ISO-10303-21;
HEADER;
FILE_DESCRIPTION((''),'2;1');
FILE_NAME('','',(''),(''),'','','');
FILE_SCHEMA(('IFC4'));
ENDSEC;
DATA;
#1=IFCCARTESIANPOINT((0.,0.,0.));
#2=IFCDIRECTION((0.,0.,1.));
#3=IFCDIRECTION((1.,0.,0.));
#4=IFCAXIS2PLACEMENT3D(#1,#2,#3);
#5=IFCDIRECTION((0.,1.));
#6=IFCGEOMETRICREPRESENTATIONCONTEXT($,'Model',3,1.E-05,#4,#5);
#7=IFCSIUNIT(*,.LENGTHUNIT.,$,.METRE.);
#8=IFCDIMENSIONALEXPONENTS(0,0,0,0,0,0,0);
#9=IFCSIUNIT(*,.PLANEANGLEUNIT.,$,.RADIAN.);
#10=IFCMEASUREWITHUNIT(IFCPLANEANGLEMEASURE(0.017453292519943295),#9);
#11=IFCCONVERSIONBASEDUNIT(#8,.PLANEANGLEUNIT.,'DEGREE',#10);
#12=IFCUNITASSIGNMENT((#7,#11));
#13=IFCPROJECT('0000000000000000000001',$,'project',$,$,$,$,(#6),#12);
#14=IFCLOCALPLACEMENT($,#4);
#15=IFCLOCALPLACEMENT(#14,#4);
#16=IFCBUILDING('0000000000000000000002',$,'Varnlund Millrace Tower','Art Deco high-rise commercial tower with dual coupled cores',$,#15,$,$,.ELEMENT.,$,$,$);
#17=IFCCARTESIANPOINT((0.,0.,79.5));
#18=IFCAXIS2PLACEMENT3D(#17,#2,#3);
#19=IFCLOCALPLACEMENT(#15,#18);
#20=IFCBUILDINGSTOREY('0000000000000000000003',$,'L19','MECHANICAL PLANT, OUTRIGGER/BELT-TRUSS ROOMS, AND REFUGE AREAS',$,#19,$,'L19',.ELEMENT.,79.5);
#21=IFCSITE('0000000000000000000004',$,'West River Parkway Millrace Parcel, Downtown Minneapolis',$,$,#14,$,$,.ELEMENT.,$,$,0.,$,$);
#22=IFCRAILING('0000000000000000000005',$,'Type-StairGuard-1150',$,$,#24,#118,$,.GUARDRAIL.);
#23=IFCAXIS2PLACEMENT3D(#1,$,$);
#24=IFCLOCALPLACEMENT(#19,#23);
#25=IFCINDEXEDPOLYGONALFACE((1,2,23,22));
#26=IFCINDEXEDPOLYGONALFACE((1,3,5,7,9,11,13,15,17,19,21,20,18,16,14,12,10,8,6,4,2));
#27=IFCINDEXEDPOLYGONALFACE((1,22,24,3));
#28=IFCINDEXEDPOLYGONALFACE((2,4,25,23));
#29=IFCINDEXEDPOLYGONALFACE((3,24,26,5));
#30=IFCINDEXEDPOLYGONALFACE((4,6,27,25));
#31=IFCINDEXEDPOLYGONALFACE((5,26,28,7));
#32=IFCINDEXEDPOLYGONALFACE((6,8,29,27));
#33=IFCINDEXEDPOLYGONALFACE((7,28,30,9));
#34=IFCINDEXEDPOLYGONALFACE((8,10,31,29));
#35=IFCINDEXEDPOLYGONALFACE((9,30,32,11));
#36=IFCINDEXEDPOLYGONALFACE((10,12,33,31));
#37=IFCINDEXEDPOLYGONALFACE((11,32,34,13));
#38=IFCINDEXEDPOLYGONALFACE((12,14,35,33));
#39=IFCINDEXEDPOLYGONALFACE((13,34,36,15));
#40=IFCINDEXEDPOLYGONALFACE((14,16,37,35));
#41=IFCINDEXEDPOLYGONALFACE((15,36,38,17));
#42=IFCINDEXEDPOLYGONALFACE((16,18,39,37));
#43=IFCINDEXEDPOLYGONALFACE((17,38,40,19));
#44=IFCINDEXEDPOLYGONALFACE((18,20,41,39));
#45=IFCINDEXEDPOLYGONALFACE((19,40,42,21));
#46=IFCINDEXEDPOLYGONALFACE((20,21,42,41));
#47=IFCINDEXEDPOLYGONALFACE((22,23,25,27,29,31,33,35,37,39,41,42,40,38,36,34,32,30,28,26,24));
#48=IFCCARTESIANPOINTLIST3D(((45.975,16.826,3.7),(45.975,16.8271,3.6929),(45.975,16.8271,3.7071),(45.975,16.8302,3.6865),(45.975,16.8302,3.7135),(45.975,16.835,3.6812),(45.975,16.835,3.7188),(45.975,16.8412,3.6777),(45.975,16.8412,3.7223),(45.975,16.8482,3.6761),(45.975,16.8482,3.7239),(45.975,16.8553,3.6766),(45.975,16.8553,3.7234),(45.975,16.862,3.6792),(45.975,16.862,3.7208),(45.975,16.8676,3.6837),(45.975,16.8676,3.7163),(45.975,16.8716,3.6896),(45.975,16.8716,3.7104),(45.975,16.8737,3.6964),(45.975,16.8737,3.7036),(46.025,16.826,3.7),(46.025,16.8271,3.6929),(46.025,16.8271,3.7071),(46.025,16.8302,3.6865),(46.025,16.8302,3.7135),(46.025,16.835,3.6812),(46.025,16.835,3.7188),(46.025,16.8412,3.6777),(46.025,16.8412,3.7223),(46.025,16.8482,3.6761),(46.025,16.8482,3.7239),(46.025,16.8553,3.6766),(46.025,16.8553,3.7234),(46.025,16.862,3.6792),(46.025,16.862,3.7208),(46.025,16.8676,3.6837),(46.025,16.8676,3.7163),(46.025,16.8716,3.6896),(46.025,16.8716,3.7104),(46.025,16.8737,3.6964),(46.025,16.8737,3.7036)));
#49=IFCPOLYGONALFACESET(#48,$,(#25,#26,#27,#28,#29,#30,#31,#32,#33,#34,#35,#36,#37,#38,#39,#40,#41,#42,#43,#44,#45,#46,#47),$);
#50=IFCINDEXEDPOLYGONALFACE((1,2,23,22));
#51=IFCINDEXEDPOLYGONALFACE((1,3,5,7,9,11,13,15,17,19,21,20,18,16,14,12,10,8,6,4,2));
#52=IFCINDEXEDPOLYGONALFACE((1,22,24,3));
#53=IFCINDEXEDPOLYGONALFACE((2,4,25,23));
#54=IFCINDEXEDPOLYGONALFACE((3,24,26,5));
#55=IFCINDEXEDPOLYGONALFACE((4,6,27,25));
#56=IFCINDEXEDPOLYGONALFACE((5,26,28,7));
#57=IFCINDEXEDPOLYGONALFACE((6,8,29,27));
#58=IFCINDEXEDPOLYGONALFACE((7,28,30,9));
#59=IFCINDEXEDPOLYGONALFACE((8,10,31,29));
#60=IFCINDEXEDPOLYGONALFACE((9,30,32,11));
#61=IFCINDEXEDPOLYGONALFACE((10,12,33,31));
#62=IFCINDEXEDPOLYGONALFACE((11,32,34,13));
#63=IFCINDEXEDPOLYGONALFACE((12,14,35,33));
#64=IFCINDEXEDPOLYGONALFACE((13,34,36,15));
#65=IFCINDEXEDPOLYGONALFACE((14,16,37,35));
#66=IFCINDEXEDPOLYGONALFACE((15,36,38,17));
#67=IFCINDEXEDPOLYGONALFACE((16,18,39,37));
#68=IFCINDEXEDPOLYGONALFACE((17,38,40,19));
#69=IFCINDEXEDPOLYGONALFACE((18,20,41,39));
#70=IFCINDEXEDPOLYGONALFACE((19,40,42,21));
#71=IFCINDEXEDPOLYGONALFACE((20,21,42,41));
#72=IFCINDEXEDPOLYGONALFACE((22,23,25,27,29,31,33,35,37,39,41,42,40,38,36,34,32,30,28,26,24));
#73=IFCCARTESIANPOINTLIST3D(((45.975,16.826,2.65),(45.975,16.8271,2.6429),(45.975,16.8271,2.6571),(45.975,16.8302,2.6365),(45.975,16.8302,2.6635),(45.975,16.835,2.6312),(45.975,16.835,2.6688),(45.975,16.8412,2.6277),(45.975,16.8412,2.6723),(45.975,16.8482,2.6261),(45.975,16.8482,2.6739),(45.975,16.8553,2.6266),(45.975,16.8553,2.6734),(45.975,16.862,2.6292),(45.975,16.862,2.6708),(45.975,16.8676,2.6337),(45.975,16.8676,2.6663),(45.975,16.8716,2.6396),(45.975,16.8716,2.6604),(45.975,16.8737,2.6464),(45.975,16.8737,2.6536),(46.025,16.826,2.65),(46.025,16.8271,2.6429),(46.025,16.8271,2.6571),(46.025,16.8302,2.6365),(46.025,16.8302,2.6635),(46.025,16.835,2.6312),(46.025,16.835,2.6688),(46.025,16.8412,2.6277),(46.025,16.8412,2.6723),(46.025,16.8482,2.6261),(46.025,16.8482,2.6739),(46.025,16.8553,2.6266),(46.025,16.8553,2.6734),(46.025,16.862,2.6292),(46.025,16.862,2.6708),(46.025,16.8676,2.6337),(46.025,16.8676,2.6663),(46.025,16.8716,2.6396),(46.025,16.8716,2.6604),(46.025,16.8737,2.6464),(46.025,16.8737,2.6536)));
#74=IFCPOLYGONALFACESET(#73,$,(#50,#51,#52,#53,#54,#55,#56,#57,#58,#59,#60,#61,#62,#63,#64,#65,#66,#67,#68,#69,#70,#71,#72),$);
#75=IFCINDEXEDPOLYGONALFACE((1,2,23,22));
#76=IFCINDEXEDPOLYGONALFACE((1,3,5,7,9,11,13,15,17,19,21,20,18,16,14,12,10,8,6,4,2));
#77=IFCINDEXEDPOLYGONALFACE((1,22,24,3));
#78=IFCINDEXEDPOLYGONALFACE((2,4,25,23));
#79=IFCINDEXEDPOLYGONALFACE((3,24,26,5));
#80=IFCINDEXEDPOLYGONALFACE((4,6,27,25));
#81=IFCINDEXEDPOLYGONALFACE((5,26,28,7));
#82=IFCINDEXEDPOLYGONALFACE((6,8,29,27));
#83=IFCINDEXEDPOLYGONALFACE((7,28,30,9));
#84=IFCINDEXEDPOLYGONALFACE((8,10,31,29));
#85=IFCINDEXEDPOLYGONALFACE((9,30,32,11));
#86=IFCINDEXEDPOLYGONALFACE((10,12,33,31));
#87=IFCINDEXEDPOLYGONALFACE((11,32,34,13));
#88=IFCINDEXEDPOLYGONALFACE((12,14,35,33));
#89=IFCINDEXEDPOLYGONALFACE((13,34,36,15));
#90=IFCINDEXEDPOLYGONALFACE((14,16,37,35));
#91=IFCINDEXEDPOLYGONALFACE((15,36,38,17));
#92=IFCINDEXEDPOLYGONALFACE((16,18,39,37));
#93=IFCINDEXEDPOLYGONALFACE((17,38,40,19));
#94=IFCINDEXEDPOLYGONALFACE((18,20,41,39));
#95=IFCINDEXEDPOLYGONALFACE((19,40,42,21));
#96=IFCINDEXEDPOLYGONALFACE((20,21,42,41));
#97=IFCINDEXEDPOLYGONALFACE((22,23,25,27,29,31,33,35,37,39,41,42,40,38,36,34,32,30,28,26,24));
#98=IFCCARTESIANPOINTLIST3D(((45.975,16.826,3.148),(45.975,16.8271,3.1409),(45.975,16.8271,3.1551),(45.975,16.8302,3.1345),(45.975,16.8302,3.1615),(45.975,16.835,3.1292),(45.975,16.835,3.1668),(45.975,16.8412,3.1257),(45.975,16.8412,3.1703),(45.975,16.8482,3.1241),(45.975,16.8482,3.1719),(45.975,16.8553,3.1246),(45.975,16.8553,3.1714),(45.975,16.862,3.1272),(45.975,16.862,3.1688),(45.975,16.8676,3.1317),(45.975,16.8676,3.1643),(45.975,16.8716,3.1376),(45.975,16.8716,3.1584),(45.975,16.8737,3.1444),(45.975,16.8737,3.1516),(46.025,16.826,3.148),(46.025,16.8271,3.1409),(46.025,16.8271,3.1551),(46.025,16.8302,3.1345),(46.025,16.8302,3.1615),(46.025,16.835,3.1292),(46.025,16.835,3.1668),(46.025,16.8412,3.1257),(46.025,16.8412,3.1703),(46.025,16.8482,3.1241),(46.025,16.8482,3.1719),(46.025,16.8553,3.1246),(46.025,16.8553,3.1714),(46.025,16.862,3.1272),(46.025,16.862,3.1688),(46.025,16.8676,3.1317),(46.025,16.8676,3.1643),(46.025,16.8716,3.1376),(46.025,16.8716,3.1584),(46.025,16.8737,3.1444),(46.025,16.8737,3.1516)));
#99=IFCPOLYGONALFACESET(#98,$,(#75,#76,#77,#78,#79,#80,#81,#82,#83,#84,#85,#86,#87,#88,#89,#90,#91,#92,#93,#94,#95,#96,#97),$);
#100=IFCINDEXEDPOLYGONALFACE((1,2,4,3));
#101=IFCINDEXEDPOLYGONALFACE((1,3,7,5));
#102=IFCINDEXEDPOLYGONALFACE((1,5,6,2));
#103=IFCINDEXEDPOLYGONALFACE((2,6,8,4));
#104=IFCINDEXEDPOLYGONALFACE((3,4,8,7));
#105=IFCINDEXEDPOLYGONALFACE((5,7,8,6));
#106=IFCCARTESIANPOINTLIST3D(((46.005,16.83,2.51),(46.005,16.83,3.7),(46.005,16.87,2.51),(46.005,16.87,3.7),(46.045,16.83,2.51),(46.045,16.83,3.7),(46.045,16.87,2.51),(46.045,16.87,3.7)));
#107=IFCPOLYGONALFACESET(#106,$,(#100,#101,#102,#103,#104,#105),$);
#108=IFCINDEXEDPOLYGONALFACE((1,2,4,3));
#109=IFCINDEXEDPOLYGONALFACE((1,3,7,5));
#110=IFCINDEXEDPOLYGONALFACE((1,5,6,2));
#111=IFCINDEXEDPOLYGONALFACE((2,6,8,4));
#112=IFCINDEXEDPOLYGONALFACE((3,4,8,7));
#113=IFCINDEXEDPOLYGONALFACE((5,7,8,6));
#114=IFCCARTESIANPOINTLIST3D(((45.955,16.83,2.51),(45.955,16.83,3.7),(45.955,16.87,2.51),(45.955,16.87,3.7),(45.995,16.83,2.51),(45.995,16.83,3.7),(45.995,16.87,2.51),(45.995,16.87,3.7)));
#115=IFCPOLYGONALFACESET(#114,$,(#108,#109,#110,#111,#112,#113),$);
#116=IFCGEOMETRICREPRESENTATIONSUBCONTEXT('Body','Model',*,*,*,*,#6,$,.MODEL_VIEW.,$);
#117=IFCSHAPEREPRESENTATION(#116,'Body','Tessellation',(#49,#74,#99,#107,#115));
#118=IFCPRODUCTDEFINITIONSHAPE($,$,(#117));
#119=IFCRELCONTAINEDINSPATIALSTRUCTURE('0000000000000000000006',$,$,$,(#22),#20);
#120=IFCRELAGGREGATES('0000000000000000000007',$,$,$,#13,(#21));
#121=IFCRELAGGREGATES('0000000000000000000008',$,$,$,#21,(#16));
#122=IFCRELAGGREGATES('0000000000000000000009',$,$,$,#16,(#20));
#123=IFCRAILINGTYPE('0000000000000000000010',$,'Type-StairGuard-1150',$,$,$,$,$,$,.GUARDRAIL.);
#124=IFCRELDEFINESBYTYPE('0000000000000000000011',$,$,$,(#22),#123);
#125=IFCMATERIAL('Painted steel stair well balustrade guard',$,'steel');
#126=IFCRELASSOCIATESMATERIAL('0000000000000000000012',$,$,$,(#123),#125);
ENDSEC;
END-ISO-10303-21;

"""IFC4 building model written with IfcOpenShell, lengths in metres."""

from ifc_helpers import new_model, entity, si_unit, converted_unit, direction, frame, origin_with_axes, origin_2d_with_axis, place, context, subcontext, project, spatial, rectangle, circle, extrude, material, type_object, element, save


model = new_model("IFC4")

# Units and contexts
model_context = context("Model", 3, precision=1e-05, world=origin_with_axes(), true_north=direction((0.0, 1.0)))
body_context = subcontext(model_context, "Body", "Model", "MODEL_VIEW")
ifc_project = project(units=[si_unit("LENGTHUNIT", "METRE"), converted_unit("PLANEANGLEUNIT", "DEGREE", entity("IfcPlaneAngleMeasure", 0.017453292519943295), si_unit("PLANEANGLEUNIT", "RADIAN"), dimensions=[0, 0, 0, 0, 0, 0, 0])], contexts=[model_context])

# Site, building, storey
site_placement = place(None, origin_with_axes())
site = spatial("IfcSite", under=ifc_project, at=site_placement, Name="West River Parkway Millrace Parcel, Downtown Minneapolis", CompositionType="ELEMENT", RefElevation=0.0)
building_placement = place(site_placement, origin_with_axes())
building = spatial("IfcBuilding", under=site, at=building_placement, Name="Varnlund Millrace Tower", Description="Art Deco high-rise commercial tower with dual coupled cores", CompositionType="ELEMENT")
storey_placement = place(building_placement, frame((0.0, 0.0, 79.5), z_axis=(0.0, 0.0, 1.0), x_axis=(1.0, 0.0, 0.0)))
storey = spatial("IfcBuildingStorey", under=building, at=storey_placement, Name="L19", Description="MECHANICAL PLANT, OUTRIGGER/BELT-TRUSS ROOMS, AND REFUGE AREAS", LongName="L19", CompositionType="ELEMENT", Elevation=79.5)

# Railing
ifc_material_1 = material(Name="Painted steel stair well balustrade guard", Category="steel")
railing_type_1 = type_object("IfcRailingType", Name="Type-StairGuard-1150", PredefinedType="GUARDRAIL", material=ifc_material_1)
railing_1_placement = place(storey_placement, frame((0.0, 0.0, -79.5), z_axis=(0.0, 0.0, 1.0), x_axis=(1.0, 0.0, 0.0)))
element("IfcRailing", 1, at=railing_1_placement, inside=storey, type_object=railing_type_1, Name="Type-StairGuard-1150", PredefinedType="GUARDRAIL", context=body_context, shape_type="SweptSolid", body=[
    extrude(circle(Radius=0.024, at=origin_2d_with_axis()), frame((46.025, 16.85, 83.2), z_axis=(-1.0, 0.0, 0.0), x_axis=(0.0, -1.0, 0.0)), (0.0, 0.0, 1.0), 0.05),
    extrude(circle(Radius=0.024, at=origin_2d_with_axis()), frame((46.025, 16.85, 82.15), z_axis=(-1.0, 0.0, 0.0), x_axis=(0.0, -1.0, 0.0)), (0.0, 0.0, 1.0), 0.05),
    extrude(circle(Radius=0.024, at=origin_2d_with_axis()), frame((46.025, 16.85, 82.648), z_axis=(-1.0, 0.0, 0.0), x_axis=(0.0, -1.0, 0.0)), (0.0, 0.0, 1.0), 0.05),
    extrude(rectangle(XDim=0.04, YDim=0.04, at=origin_2d_with_axis()), frame((46.025, 16.85, 82.01), z_axis=(0.0, 0.0, 1.0), x_axis=(1.0, 0.0, 0.0)), (0.0, 0.0, 1.0), 1.19),
    extrude(rectangle(XDim=0.04, YDim=0.04, at=origin_2d_with_axis()), frame((45.975, 16.85, 82.01), z_axis=(0.0, 0.0, 1.0), x_axis=(1.0, 0.0, 0.0)), (0.0, 0.0, 1.0), 1.19),
])

save(model, "model.ifc")
